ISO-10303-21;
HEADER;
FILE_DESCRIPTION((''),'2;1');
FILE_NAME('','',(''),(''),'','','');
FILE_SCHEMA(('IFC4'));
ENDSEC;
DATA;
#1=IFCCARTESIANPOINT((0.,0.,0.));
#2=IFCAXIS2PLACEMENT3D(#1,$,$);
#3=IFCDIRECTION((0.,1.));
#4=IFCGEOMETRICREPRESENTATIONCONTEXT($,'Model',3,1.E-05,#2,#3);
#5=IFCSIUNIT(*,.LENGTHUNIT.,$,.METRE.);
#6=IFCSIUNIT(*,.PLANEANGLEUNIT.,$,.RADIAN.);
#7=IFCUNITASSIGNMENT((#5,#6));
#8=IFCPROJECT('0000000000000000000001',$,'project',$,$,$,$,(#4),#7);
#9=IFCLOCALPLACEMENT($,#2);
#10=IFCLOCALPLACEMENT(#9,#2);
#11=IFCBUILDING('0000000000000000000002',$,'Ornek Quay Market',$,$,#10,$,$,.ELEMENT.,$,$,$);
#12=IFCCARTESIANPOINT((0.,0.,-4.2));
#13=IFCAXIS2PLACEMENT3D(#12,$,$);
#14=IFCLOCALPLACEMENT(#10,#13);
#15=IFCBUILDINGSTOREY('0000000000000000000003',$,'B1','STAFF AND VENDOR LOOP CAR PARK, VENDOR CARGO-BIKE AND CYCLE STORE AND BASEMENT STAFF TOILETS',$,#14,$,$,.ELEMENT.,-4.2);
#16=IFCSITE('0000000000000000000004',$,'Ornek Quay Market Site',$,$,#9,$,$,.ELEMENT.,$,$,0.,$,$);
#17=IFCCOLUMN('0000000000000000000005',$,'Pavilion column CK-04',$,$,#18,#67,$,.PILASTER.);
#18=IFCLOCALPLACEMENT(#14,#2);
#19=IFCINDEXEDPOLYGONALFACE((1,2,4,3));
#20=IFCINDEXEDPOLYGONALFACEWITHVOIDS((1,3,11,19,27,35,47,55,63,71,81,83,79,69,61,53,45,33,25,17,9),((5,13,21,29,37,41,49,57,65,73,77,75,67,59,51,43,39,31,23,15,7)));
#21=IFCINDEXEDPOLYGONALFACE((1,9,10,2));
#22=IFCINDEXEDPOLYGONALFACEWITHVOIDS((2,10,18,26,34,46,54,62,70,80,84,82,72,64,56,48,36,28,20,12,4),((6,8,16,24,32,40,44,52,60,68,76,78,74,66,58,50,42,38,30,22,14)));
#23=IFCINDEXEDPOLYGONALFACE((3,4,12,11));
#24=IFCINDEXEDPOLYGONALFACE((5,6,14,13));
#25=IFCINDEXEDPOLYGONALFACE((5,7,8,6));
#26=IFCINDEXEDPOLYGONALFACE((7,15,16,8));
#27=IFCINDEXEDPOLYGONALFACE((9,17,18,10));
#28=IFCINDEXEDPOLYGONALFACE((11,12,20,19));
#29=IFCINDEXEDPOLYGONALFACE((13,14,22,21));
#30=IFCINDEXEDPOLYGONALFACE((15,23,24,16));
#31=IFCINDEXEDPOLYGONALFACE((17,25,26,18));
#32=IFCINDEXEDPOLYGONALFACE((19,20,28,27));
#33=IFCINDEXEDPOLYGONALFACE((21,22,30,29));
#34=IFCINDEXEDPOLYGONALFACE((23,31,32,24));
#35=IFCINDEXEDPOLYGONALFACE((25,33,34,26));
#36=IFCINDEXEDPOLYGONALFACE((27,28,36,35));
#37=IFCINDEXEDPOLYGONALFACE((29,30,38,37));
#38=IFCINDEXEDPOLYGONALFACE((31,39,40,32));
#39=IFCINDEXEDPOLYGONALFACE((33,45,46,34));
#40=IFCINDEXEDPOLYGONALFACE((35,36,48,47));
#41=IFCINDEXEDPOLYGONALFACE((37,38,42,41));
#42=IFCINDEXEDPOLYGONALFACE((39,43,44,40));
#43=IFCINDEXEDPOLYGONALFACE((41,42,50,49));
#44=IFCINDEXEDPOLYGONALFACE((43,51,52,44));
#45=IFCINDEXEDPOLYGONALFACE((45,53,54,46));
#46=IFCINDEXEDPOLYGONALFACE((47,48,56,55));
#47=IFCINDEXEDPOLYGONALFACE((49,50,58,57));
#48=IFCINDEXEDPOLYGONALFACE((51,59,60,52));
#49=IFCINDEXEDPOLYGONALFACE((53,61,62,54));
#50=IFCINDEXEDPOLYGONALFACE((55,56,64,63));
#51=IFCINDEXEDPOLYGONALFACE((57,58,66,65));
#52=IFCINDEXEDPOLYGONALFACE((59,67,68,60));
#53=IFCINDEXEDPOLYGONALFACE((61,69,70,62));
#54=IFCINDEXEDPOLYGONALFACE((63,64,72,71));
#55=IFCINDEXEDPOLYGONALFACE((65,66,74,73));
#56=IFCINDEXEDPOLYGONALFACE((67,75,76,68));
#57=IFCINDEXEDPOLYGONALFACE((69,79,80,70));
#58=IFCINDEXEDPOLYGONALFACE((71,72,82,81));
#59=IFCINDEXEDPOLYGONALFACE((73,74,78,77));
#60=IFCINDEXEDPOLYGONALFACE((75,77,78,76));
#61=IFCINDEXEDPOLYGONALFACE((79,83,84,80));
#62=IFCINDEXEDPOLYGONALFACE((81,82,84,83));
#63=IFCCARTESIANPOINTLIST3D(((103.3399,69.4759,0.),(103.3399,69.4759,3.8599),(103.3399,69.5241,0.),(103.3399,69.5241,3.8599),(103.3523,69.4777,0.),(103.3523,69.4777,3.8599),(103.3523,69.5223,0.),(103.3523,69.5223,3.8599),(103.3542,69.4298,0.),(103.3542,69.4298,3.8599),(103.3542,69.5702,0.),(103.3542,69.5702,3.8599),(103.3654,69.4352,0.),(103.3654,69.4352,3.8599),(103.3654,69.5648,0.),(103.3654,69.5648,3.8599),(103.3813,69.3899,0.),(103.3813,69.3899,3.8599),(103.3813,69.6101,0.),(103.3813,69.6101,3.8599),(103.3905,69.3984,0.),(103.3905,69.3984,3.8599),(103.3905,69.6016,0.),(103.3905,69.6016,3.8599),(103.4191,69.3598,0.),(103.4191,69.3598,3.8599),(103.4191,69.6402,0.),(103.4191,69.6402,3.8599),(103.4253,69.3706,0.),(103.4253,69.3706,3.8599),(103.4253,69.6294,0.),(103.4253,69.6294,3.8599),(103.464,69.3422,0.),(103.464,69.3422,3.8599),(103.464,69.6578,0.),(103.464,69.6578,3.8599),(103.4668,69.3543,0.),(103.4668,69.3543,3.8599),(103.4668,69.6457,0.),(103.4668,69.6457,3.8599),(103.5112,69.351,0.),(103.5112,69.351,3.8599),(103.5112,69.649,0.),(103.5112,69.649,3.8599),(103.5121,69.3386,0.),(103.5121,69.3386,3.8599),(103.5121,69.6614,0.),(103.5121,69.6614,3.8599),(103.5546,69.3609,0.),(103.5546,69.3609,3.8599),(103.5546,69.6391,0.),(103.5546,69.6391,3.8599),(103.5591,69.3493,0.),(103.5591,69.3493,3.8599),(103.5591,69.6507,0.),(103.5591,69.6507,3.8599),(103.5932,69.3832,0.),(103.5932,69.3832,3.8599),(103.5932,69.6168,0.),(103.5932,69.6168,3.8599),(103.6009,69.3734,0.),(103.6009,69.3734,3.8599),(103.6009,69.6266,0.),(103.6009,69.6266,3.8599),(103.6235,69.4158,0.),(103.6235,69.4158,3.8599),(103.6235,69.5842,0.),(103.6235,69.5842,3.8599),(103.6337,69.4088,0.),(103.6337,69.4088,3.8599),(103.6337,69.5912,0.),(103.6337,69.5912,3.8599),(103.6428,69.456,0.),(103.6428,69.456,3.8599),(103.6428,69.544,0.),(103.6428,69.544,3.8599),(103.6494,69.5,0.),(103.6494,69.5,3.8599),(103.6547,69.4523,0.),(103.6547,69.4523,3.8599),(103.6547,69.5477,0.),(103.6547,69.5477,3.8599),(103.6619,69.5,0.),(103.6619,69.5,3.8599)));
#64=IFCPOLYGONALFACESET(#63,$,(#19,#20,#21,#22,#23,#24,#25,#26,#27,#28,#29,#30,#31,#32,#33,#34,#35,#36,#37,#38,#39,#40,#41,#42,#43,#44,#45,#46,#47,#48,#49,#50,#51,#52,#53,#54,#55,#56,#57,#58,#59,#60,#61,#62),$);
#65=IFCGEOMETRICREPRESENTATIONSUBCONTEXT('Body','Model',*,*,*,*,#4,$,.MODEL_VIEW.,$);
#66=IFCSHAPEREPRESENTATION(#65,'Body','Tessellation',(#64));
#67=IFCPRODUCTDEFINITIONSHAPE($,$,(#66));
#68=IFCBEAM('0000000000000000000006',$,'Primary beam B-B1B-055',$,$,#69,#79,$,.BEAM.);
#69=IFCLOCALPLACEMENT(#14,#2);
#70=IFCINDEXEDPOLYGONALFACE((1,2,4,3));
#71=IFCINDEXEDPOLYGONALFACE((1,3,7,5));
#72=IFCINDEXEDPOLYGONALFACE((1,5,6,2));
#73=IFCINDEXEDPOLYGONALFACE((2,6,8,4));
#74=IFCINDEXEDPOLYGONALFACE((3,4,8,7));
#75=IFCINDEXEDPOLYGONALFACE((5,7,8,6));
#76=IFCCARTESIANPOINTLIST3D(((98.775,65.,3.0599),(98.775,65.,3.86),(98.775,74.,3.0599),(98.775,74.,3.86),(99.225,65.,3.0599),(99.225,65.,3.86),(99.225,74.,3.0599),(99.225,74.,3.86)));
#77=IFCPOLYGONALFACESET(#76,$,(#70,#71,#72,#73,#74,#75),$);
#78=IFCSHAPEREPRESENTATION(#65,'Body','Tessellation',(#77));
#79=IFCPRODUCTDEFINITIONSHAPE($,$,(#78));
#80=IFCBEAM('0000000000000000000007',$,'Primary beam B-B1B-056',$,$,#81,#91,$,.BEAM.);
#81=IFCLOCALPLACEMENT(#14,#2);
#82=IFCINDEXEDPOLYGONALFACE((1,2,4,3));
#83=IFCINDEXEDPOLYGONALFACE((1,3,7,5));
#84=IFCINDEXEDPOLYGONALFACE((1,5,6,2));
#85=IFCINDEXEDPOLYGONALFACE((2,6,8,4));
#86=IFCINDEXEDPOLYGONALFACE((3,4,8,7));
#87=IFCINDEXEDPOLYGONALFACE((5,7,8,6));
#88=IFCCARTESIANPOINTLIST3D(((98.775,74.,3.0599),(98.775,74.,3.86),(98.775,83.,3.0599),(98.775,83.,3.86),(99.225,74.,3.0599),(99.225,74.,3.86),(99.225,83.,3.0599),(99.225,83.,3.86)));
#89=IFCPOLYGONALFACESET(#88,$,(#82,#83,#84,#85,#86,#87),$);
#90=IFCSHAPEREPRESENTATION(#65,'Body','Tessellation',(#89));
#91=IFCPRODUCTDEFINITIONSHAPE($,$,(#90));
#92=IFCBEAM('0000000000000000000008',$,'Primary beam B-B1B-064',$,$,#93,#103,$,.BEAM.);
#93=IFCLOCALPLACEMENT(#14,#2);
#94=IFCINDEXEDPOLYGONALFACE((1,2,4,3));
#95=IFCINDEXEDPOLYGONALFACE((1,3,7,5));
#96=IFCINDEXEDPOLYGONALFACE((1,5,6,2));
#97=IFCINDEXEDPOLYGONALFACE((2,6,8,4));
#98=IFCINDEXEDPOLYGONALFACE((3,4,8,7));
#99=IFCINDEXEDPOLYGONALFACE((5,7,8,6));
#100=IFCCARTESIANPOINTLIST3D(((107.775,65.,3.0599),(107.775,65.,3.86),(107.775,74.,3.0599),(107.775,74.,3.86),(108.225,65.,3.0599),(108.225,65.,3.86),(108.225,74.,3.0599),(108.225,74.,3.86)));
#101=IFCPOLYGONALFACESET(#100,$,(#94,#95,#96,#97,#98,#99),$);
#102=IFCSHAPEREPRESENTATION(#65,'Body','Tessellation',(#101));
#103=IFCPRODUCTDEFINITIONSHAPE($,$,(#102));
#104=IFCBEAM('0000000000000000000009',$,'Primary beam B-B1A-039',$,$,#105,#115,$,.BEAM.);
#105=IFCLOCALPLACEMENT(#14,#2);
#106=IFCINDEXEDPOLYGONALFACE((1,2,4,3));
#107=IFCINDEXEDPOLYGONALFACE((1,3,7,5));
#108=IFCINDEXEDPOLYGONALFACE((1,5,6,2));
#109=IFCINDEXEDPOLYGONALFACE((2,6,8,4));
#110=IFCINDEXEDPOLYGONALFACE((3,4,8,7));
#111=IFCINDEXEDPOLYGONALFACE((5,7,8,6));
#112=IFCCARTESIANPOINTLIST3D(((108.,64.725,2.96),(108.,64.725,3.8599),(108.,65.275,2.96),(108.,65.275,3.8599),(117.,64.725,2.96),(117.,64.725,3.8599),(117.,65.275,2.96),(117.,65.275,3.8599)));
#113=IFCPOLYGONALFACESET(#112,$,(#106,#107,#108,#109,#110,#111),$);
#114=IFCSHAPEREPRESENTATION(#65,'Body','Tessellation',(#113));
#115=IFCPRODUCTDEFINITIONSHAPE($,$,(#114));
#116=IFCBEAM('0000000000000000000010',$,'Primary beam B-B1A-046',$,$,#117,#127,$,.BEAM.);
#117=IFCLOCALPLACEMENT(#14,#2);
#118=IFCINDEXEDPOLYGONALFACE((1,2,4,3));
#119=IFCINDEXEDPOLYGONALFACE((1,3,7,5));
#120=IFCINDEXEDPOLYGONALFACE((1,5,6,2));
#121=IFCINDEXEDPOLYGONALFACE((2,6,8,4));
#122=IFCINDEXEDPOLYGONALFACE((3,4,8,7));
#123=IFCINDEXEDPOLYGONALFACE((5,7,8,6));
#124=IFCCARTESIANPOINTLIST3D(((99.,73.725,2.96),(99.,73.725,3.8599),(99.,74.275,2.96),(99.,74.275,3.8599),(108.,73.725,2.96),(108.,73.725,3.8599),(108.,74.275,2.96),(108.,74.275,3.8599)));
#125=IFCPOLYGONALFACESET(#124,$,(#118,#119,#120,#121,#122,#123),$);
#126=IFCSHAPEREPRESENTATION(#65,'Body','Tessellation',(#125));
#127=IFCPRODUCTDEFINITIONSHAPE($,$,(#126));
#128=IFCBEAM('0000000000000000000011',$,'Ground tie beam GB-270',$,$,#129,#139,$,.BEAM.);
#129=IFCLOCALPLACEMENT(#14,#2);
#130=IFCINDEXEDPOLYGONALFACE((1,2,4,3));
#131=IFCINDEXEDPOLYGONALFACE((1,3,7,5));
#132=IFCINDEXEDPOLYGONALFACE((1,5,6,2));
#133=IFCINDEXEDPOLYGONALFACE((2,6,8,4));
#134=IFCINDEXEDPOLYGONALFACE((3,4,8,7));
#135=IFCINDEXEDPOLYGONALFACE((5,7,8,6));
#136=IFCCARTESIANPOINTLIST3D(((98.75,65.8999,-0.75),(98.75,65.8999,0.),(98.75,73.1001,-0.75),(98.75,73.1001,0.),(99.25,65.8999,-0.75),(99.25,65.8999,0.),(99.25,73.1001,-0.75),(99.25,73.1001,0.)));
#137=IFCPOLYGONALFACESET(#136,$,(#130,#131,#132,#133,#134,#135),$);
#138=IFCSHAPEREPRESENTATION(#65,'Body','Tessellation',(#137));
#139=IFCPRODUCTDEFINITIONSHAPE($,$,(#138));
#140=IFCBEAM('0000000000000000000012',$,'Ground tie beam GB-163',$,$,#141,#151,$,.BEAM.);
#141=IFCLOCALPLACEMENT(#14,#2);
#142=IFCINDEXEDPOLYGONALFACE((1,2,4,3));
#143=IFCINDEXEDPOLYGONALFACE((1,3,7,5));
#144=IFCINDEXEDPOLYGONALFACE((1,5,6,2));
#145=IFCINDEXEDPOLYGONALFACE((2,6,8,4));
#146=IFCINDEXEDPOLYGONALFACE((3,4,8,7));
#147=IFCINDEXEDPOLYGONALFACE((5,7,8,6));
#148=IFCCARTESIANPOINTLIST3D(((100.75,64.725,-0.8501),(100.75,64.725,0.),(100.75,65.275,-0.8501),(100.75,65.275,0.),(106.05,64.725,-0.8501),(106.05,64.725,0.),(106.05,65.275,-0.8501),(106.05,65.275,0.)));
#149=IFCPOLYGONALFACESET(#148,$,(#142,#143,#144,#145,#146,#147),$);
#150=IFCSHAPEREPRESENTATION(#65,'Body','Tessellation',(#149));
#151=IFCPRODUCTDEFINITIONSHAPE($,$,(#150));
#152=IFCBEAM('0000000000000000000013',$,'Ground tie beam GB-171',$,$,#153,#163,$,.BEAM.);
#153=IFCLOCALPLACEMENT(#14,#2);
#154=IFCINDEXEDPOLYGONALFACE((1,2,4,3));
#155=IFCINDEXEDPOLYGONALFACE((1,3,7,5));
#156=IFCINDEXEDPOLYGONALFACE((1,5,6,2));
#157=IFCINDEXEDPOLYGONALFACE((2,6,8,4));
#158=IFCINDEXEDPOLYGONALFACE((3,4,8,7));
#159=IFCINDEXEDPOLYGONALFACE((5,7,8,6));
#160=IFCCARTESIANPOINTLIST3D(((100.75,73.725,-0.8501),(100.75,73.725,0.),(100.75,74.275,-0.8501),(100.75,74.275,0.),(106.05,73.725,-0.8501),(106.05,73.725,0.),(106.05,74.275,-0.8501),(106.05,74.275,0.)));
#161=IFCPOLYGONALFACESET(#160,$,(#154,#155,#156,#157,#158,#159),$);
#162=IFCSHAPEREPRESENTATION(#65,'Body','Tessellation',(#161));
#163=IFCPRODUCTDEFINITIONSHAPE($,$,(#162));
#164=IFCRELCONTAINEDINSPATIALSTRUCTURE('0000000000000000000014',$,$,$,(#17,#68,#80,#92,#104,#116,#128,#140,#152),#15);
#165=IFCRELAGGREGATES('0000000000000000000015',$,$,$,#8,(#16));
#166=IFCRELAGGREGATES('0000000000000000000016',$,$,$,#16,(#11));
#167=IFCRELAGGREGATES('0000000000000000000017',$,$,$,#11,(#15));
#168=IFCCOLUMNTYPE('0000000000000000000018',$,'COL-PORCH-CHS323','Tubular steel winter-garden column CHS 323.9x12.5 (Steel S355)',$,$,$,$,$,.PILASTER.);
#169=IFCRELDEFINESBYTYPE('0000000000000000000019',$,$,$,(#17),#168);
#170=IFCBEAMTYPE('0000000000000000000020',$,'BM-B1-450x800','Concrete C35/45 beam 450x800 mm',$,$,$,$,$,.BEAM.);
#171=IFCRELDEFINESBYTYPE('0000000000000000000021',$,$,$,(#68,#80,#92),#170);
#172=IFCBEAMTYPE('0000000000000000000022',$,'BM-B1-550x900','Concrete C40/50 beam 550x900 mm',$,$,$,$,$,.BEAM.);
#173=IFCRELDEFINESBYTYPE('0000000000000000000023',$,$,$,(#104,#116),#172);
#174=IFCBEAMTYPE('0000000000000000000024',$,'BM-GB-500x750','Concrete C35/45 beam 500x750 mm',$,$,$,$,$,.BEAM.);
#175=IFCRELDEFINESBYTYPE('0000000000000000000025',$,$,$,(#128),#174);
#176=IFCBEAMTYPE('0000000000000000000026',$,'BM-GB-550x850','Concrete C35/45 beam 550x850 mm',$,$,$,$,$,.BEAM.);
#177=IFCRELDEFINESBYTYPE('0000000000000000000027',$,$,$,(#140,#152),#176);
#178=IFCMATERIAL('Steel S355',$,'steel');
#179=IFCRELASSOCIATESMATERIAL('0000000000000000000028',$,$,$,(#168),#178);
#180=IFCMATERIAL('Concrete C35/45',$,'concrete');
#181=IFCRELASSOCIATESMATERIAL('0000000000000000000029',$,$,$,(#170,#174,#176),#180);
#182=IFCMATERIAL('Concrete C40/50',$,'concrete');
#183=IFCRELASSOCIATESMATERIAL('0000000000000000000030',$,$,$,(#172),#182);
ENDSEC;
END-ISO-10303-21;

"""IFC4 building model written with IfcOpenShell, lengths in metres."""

from ifc_helpers import new_model, si_unit, direction, frame, origin, origin_2d, place, context, subcontext, project, spatial, rectangle, hollow_circle, extrude, material, material_profile, profile_set, type_object, element, save


model = new_model("IFC4")

# Units and contexts
model_context = context("Model", 3, precision=1e-05, world=origin(), true_north=direction((0.0, 1.0)))
body_context = subcontext(model_context, "Body", "Model", "MODEL_VIEW")
ifc_project = project(units=[si_unit("LENGTHUNIT", "METRE"), si_unit("PLANEANGLEUNIT", "RADIAN")], contexts=[model_context])

# Site, building, storey
site_placement = place(None, origin())
site = spatial("IfcSite", under=ifc_project, at=site_placement, Name="Ornek Quay Market Site", CompositionType="ELEMENT", RefElevation=0.0)
building_placement = place(site_placement, origin())
building = spatial("IfcBuilding", under=site, at=building_placement, Name="Ornek Quay Market", CompositionType="ELEMENT")
storey_placement = place(building_placement, frame((0.0, 0.0, -4.2)))
storey = spatial("IfcBuildingStorey", under=building, at=storey_placement, Name="B1", Description="STAFF AND VENDOR LOOP CAR PARK, VENDOR CARGO-BIKE AND CYCLE STORE AND BASEMENT STAFF TOILETS", CompositionType="ELEMENT", Elevation=-4.2)

# Shared definitions
ifc_material_1 = material(Name="Concrete C35/45", Category="concrete")

# Column
ifc_material_2 = material(Name="Concrete C40/50", Category="concrete")
ifc_material_3 = material(Name="Steel S355", Category="steel")
ifc_material_profile_1 = material_profile(ifc_material_3, hollow_circle(Radius=0.1619, WallThickness=0.0125, at=origin_2d()), Name="CHS 323.9x12.5", Category="steel")
ifc_profile_set_1 = profile_set([ifc_material_profile_1], Name="Steel S355")
column_type_1 = type_object("IfcColumnType", Name="COL-PORCH-CHS323", Description="Tubular steel winter-garden column CHS 323.9x12.5 (Steel S355)", PredefinedType="PILASTER", material=ifc_profile_set_1)
column_1_placement = place(storey_placement, frame((103.5, 69.5, 0.0), z_axis=(0.0, 0.0, 1.0), x_axis=(1.0, 0.0, 0.0)))
element("IfcColumn", 1, at=column_1_placement, inside=storey, type_object=column_type_1, Name="Pavilion column CK-04", PredefinedType="PILASTER", context=body_context, shape_type="SweptSolid", body=[
    extrude(hollow_circle(Radius=0.1619, WallThickness=0.0125, at=origin_2d()), origin(), (0.0, 0.0, 1.0), 3.8599),
])

# Beams
ifc_material_profile_2 = material_profile(ifc_material_1, rectangle(XDim=0.45, YDim=0.8, at=origin_2d()), Name="RC 450x800", Category="concrete")
ifc_profile_set_2 = profile_set([ifc_material_profile_2], Name="Concrete C35/45")
beam_type_1 = type_object("IfcBeamType", Name="BM-B1-450x800", Description="Concrete C35/45 beam 450x800 mm", PredefinedType="BEAM", material=ifc_profile_set_2)
for number, where, z_axis, x_axis, name in (
    (2, (99.0, 65.0, 3.46), (0.0, 1.0, 0.0), (-1.0, 0.0, 0.0), "Primary beam B-B1B-055"),
    (3, (99.0, 74.0, 3.46), (0.0, 1.0, 0.0), (-1.0, 0.0, 0.0), "Primary beam B-B1B-056"),
    (4, (108.0, 65.0, 3.46), (0.0, 1.0, 0.0), (-1.0, 0.0, 0.0), "Primary beam B-B1B-064"),
):
    element("IfcBeam", number, at=place(storey_placement, frame(where, z_axis=z_axis, x_axis=x_axis)), inside=storey, type_object=beam_type_1, Name=name, PredefinedType="BEAM", context=body_context, shape_type="SweptSolid", body=[
        extrude(rectangle(XDim=0.45, YDim=0.8, at=origin_2d()), origin(), (0.0, 0.0, 1.0), 9.0),
    ])
ifc_material_profile_3 = material_profile(ifc_material_2, rectangle(XDim=0.55, YDim=0.8999, at=origin_2d()), Name="RC 550x900", Category="concrete")
ifc_profile_set_3 = profile_set([ifc_material_profile_3], Name="Concrete C40/50")
beam_type_2 = type_object("IfcBeamType", Name="BM-B1-550x900", Description="Concrete C40/50 beam 550x900 mm", PredefinedType="BEAM", material=ifc_profile_set_3)
for number, where, z_axis, x_axis, name in (
    (5, (108.0, 65.0, 3.4099), (1.0, 0.0, 0.0), (0.0, 1.0, 0.0), "Primary beam B-B1A-039"),
    (6, (99.0, 74.0, 3.4099), (1.0, 0.0, 0.0), (0.0, 1.0, 0.0), "Primary beam B-B1A-046"),
):
    element("IfcBeam", number, at=place(storey_placement, frame(where, z_axis=z_axis, x_axis=x_axis)), inside=storey, type_object=beam_type_2, Name=name, PredefinedType="BEAM", context=body_context, shape_type="SweptSolid", body=[
        extrude(rectangle(XDim=0.55, YDim=0.8999, at=origin_2d()), origin(), (0.0, 0.0, 1.0), 9.0),
    ])
ifc_material_profile_4 = material_profile(ifc_material_1, rectangle(XDim=0.5, YDim=0.75, at=origin_2d()), Name="RC 500x750", Category="concrete")
ifc_profile_set_4 = profile_set([ifc_material_profile_4], Name="Concrete C35/45")
beam_type_3 = type_object("IfcBeamType", Name="BM-GB-500x750", Description="Concrete C35/45 beam 500x750 mm", PredefinedType="BEAM", material=ifc_profile_set_4)
beam_placement = place(storey_placement, frame((99.0, 65.8999, -0.375), z_axis=(0.0, 1.0, 0.0), x_axis=(-1.0, 0.0, 0.0)))
element("IfcBeam", 7, at=beam_placement, inside=storey, type_object=beam_type_3, Name="Ground tie beam GB-270", PredefinedType="BEAM", context=body_context, shape_type="SweptSolid", body=[
    extrude(rectangle(XDim=0.5, YDim=0.75, at=origin_2d()), origin(), (0.0, 0.0, 1.0), 7.2002),
])
ifc_material_profile_5 = material_profile(ifc_material_1, rectangle(XDim=0.55, YDim=0.8501, at=origin_2d()), Name="RC 550x850", Category="concrete")
ifc_profile_set_5 = profile_set([ifc_material_profile_5], Name="Concrete C35/45")
beam_type_4 = type_object("IfcBeamType", Name="BM-GB-550x850", Description="Concrete C35/45 beam 550x850 mm", PredefinedType="BEAM", material=ifc_profile_set_5)
for number, where, z_axis, x_axis, name in (
    (8, (100.75, 65.0, -0.425), (1.0, 0.0, 0.0), (0.0, 1.0, 0.0), "Ground tie beam GB-163"),
    (9, (100.75, 74.0, -0.425), (1.0, 0.0, 0.0), (0.0, 1.0, 0.0), "Ground tie beam GB-171"),
):
    element("IfcBeam", number, at=place(storey_placement, frame(where, z_axis=z_axis, x_axis=x_axis)), inside=storey, type_object=beam_type_4, Name=name, PredefinedType="BEAM", context=body_context, shape_type="SweptSolid", body=[
        extrude(rectangle(XDim=0.55, YDim=0.8501, at=origin_2d()), origin(), (0.0, 0.0, 1.0), 5.3),
    ])

save(model, "model.ifc")
